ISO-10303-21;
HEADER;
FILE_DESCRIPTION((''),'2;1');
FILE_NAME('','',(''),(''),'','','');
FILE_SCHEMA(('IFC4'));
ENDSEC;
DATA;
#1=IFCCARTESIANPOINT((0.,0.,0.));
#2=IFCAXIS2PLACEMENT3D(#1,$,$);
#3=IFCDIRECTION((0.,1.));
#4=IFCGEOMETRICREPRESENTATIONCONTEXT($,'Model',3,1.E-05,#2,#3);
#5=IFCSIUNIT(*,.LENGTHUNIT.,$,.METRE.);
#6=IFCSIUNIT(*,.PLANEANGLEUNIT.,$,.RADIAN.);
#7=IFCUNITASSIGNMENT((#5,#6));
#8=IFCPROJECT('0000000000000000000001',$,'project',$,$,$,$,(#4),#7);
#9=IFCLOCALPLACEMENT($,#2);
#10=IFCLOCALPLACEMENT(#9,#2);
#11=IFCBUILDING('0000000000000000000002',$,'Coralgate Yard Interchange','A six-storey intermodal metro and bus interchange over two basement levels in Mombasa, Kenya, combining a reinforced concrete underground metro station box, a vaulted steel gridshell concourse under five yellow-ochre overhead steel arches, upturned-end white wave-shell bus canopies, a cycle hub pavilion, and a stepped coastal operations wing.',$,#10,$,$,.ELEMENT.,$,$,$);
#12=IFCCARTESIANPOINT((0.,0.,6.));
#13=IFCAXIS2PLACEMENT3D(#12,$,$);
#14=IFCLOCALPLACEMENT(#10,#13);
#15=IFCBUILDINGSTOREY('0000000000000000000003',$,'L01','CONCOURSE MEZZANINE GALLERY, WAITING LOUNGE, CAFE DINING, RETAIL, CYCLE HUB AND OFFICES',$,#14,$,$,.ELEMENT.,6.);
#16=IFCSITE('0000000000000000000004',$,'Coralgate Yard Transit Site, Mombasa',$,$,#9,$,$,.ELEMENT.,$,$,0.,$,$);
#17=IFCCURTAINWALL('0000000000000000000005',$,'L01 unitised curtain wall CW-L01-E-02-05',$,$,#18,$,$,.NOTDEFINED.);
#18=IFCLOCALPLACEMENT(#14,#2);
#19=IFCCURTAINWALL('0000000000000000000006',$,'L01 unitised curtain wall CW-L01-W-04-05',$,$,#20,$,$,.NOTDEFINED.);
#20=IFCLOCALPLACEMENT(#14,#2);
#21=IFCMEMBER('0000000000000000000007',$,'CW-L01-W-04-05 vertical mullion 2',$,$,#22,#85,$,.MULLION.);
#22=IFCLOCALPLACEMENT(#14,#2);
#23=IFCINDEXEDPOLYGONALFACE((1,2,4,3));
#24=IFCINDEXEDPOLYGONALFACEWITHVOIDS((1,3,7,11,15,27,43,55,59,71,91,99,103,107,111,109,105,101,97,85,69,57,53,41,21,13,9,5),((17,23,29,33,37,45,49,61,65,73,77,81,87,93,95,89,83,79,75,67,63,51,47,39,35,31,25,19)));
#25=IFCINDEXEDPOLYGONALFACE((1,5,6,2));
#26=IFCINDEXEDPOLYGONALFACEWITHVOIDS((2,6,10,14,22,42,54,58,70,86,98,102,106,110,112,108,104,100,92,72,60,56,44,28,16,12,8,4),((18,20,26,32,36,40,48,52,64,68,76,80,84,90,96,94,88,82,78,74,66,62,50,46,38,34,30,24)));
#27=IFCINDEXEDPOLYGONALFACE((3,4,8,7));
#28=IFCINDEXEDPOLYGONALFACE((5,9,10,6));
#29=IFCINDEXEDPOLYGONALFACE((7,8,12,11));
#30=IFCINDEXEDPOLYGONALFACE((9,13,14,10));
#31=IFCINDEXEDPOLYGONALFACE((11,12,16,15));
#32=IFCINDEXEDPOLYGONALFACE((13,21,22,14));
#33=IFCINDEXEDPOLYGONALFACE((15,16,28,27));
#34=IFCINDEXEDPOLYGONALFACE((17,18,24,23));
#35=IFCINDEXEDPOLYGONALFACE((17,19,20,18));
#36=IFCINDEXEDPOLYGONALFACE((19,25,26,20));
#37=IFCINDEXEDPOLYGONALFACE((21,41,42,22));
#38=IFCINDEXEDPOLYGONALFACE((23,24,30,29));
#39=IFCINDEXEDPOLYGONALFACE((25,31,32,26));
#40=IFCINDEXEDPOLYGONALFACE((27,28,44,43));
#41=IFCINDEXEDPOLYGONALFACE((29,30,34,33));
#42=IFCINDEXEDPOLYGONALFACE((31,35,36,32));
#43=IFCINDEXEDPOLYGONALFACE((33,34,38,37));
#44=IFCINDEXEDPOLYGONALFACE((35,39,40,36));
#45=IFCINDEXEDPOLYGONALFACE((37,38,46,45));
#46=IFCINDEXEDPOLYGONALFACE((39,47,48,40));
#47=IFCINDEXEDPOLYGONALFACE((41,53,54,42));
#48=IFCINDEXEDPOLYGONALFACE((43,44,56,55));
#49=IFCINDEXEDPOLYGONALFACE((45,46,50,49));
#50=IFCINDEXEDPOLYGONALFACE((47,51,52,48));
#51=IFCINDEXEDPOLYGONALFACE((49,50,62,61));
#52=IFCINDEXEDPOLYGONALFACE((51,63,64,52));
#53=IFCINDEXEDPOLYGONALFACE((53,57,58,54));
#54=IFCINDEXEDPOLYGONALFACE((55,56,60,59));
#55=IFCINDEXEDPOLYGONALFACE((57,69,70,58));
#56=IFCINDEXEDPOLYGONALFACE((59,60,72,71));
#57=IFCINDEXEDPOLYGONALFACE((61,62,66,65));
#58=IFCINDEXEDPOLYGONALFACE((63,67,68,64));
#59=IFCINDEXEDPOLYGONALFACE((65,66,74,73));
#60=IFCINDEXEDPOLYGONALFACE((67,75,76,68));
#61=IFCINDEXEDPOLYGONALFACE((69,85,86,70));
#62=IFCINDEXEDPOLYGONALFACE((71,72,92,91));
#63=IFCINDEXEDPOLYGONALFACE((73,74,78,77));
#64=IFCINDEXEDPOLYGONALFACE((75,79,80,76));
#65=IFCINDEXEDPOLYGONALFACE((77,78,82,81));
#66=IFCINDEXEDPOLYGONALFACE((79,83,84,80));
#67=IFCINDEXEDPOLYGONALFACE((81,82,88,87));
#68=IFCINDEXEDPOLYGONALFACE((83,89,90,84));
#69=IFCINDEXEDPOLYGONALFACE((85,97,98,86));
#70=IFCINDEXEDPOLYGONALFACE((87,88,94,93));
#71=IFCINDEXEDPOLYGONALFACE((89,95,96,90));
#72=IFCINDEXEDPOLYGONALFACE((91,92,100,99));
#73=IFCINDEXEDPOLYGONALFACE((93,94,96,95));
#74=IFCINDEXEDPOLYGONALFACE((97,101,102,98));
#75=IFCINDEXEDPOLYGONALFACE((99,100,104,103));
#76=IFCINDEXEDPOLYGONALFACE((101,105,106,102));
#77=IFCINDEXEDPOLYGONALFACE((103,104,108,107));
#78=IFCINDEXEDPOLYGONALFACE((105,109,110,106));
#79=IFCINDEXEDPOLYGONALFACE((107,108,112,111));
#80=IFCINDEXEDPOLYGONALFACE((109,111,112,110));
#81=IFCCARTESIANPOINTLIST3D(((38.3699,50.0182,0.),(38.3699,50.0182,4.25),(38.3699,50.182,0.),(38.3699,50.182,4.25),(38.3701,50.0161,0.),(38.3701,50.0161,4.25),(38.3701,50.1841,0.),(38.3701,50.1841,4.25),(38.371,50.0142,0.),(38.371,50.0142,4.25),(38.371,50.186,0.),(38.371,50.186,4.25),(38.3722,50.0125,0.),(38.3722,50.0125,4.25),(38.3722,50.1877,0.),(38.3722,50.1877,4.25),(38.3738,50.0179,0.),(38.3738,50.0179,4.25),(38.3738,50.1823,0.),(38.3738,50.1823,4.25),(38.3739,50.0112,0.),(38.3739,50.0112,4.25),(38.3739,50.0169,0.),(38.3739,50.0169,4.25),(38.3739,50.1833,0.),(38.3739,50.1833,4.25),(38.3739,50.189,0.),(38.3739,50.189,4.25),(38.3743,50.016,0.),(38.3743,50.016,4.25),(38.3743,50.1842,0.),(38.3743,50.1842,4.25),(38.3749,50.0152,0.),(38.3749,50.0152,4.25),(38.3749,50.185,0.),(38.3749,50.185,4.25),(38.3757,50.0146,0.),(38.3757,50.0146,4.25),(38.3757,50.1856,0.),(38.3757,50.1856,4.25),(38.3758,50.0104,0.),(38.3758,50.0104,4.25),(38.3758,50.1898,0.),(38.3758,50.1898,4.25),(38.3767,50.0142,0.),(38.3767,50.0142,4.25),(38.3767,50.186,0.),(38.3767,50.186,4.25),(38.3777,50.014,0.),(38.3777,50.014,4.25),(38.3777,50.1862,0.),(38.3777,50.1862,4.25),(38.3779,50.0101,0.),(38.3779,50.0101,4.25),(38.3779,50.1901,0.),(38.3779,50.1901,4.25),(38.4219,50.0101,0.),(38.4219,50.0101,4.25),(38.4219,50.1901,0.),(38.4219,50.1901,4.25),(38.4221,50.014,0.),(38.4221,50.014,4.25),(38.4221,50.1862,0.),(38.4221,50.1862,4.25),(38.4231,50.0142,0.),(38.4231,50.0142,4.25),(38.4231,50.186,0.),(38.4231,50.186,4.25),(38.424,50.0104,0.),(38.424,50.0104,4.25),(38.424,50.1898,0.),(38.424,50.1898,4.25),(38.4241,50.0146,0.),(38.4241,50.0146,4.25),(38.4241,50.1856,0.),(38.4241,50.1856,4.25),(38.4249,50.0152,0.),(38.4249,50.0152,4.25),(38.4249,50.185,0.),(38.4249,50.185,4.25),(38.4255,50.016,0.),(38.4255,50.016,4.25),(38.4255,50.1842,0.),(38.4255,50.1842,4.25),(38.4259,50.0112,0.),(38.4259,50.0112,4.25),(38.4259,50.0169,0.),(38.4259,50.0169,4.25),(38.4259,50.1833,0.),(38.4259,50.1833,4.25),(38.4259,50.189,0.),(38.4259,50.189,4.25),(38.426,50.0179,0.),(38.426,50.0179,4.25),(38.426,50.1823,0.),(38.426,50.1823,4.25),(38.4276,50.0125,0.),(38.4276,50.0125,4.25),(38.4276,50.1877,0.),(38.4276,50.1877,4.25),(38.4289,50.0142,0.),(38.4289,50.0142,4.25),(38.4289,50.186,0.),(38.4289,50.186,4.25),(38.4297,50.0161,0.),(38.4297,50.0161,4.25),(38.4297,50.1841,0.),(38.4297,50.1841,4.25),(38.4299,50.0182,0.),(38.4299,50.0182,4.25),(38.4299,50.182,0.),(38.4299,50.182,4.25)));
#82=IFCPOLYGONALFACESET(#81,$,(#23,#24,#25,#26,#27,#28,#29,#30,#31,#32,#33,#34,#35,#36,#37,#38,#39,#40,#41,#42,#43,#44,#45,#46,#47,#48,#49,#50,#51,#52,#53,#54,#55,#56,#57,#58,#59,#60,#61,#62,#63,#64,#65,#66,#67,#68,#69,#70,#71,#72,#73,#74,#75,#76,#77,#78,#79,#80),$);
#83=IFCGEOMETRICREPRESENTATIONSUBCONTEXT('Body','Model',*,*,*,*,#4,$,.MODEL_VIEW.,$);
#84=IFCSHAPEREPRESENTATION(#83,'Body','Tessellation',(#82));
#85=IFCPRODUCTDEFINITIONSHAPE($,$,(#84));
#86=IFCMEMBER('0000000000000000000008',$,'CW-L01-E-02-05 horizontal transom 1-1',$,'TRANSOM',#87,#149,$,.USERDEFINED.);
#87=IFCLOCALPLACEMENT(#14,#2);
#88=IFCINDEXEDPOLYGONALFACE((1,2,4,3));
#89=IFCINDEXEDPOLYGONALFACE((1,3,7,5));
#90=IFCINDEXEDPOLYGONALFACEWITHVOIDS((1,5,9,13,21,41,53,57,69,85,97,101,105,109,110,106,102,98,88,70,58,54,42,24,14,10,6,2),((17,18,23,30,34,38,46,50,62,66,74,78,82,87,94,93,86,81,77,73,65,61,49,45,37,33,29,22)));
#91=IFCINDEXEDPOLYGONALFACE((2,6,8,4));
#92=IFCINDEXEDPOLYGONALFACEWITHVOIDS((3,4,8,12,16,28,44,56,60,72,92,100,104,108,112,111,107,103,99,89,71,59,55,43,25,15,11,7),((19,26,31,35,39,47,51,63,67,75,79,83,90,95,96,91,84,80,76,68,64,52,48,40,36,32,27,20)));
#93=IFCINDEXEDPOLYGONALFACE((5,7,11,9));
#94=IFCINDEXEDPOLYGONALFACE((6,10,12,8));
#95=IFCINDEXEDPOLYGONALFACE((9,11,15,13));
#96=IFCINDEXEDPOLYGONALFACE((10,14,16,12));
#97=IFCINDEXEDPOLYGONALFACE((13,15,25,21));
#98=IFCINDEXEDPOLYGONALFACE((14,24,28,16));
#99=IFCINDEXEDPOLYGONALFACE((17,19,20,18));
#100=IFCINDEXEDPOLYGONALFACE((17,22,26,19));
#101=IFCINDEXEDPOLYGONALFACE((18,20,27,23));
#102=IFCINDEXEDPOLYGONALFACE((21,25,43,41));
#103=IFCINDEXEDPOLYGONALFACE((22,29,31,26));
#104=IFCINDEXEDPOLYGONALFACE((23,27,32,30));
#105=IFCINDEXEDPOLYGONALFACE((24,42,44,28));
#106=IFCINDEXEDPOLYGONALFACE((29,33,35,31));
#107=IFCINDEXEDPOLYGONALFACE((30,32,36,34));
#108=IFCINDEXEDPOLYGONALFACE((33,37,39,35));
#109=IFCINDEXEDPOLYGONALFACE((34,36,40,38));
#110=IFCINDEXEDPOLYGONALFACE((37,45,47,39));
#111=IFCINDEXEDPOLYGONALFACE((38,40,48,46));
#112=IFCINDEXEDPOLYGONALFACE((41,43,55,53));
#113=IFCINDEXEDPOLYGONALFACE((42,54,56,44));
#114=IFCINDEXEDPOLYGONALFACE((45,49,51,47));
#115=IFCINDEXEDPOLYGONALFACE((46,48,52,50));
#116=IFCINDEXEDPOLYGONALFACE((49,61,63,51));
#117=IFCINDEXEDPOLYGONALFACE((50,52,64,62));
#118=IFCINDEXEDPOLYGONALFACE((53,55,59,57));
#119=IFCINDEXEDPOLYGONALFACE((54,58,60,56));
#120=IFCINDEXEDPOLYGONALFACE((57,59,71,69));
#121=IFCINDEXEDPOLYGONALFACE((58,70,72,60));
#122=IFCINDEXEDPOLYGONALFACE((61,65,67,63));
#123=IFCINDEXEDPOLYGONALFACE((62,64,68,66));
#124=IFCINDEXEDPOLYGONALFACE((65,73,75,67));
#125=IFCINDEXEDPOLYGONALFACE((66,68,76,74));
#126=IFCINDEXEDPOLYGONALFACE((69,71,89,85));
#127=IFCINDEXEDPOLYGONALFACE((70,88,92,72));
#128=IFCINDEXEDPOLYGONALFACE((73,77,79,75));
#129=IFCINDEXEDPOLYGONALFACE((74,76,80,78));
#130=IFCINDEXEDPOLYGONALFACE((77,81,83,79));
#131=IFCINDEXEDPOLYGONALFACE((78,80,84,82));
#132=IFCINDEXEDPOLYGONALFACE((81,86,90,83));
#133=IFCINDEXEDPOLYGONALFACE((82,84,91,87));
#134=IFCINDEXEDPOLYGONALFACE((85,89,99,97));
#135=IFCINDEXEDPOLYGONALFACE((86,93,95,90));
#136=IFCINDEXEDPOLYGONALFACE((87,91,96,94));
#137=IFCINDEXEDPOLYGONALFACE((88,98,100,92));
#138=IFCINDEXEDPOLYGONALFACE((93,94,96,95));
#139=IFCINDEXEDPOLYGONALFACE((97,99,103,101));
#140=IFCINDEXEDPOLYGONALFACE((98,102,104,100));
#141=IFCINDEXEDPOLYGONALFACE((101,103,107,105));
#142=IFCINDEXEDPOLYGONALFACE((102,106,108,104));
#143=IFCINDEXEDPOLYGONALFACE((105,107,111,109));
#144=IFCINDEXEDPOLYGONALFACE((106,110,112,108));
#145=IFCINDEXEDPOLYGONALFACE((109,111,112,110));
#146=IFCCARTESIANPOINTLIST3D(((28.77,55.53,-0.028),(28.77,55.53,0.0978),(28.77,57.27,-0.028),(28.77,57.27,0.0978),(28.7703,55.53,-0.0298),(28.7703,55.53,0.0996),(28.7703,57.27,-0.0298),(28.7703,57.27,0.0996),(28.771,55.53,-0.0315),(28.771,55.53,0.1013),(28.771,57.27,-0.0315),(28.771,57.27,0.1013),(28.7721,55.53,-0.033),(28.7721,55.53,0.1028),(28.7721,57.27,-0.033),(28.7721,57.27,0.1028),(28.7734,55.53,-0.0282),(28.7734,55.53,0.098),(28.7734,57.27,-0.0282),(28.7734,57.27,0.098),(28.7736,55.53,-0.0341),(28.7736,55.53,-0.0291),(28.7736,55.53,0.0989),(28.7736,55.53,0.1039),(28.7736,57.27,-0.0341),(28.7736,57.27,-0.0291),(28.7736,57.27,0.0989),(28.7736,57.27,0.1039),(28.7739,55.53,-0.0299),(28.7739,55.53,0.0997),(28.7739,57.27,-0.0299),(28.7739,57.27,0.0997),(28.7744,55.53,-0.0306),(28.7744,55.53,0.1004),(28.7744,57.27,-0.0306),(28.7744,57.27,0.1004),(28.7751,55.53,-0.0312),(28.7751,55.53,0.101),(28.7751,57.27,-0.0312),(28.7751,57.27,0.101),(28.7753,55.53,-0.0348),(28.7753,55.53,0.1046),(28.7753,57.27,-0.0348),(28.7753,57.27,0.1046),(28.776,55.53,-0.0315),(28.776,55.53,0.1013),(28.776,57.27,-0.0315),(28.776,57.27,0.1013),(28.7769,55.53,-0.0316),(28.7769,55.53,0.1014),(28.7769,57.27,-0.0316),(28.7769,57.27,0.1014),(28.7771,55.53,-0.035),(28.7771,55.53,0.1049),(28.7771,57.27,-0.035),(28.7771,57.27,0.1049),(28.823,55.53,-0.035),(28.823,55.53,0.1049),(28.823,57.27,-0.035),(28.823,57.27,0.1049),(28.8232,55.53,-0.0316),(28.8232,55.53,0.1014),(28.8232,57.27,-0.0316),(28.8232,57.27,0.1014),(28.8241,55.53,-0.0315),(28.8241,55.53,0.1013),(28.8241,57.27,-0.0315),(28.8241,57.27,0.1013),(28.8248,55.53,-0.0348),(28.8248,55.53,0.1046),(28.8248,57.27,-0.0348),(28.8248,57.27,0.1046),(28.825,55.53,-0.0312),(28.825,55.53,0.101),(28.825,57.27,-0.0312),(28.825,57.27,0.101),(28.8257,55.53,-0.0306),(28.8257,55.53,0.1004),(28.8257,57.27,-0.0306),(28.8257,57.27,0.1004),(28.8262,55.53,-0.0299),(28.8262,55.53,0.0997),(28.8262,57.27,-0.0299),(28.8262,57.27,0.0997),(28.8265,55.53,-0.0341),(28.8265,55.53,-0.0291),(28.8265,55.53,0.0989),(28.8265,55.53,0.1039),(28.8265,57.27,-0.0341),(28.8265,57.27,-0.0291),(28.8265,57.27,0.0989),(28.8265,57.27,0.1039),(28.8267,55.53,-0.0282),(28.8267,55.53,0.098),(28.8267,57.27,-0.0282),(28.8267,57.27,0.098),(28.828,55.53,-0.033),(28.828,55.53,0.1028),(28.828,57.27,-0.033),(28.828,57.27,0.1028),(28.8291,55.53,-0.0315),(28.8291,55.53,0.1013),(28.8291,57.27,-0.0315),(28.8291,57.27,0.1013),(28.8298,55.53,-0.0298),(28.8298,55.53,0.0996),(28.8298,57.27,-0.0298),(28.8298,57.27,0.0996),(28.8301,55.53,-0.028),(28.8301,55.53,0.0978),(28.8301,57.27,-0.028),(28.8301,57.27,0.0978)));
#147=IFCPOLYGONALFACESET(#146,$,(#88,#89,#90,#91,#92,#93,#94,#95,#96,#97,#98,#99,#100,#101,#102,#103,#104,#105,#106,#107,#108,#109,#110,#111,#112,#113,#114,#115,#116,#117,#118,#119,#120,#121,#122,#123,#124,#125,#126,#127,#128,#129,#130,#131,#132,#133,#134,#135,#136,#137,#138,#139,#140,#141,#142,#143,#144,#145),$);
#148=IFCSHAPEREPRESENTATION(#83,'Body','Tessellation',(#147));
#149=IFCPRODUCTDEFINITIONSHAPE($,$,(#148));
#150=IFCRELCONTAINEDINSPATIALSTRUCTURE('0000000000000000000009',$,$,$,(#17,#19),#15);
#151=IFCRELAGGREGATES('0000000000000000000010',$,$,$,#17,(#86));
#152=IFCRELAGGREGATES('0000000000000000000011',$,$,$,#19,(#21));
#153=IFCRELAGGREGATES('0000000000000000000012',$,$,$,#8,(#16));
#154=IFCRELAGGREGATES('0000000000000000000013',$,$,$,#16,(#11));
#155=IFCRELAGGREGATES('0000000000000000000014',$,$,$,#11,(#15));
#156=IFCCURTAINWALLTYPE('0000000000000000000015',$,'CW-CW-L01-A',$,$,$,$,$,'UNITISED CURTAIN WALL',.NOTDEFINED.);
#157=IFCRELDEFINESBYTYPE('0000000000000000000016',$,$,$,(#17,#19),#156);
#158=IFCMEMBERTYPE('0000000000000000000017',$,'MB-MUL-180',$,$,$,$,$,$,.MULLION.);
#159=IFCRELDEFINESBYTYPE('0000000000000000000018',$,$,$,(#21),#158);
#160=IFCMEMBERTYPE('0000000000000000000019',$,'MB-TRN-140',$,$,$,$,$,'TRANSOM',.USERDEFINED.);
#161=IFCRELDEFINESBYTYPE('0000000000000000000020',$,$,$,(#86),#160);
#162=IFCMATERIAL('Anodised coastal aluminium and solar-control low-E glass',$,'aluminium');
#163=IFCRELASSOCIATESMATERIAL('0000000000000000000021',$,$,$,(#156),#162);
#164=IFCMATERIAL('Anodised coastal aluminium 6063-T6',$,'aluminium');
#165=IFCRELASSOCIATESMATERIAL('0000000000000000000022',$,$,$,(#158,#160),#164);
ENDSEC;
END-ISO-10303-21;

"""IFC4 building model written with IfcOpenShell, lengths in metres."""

from ifc_helpers import new_model, si_unit, direction, frame, origin, origin_2d, place, context, subcontext, project, spatial, hollow_rectangle, extrude, material, material_profile, profile_set, type_object, element, aggregate, save


model = new_model("IFC4")

# Units and contexts
model_context = context("Model", 3, precision=1e-05, world=origin(), true_north=direction((0.0, 1.0)))
body_context = subcontext(model_context, "Body", "Model", "MODEL_VIEW")
ifc_project = project(units=[si_unit("LENGTHUNIT", "METRE"), si_unit("PLANEANGLEUNIT", "RADIAN")], contexts=[model_context])

# Site, building, storey
site_placement = place(None, origin())
site = spatial("IfcSite", under=ifc_project, at=site_placement, Name="Coralgate Yard Transit Site, Mombasa", CompositionType="ELEMENT", RefElevation=0.0)
building_placement = place(site_placement, origin())
building = spatial("IfcBuilding", under=site, at=building_placement, Name="Coralgate Yard Interchange", Description="A six-storey intermodal metro and bus interchange over two basement levels in Mombasa, Kenya, combining a reinforced concrete underground metro station box, a vaulted steel gridshell concourse under five yellow-ochre overhead steel arches, upturned-end white wave-shell bus canopies, a cycle hub pavilion, and a stepped coastal operations wing.", CompositionType="ELEMENT")
storey_placement = place(building_placement, frame((0.0, 0.0, 6.0)))
storey = spatial("IfcBuildingStorey", under=building, at=storey_placement, Name="L01", Description="CONCOURSE MEZZANINE GALLERY, WAITING LOUNGE, CAFE DINING, RETAIL, CYCLE HUB AND OFFICES", CompositionType="ELEMENT", Elevation=6.0)

# Curtain walls, member
ifc_material_1 = material(Name="Anodised coastal aluminium and solar-control low-E glass", Category="aluminium")
curtain_wall_type = type_object("IfcCurtainWallType", Name="CW-CW-L01-A", ElementType="UNITISED CURTAIN WALL", PredefinedType="NOTDEFINED", material=ifc_material_1)
curtain_wall_1_placement = place(storey_placement, origin())
curtain_wall_1 = element("IfcCurtainWall", 1, at=curtain_wall_1_placement, inside=storey, type_object=curtain_wall_type, Name="L01 unitised curtain wall CW-L01-E-02-05", PredefinedType="NOTDEFINED")
ifc_material_2 = material(Name="Anodised coastal aluminium 6063-T6", Category="aluminium")
ifc_material_profile_1 = material_profile(ifc_material_2, hollow_rectangle(XDim=0.0601, YDim=0.1799, WallThickness=0.0039, InnerFilletRadius=0.0039, OuterFilletRadius=0.0081, at=origin_2d()), Name="ALU 60x180x4")
ifc_profile_set_1 = profile_set([ifc_material_profile_1], Name="Anodised coastal aluminium 6063-T6")
member_type_1 = type_object("IfcMemberType", Name="MB-MUL-180", PredefinedType="MULLION", material=ifc_profile_set_1)
curtain_wall_2_placement = place(storey_placement, origin())
curtain_wall_2 = element("IfcCurtainWall", 2, at=curtain_wall_2_placement, inside=storey, type_object=curtain_wall_type, Name="L01 unitised curtain wall CW-L01-W-04-05", PredefinedType="NOTDEFINED")
member_1_placement = place(storey_placement, frame((38.3999, 50.1001, 0.0), z_axis=(0.0, 0.0, 1.0), x_axis=(1.0, 0.0, 0.0)))
member_1 = element("IfcMember", 3, at=member_1_placement, type_object=member_type_1, Name="CW-L01-W-04-05 vertical mullion 2", PredefinedType="MULLION", context=body_context, shape_type="SweptSolid", body=[
    extrude(hollow_rectangle(XDim=0.0601, YDim=0.1799, WallThickness=0.0039, InnerFilletRadius=0.0039, OuterFilletRadius=0.0081, at=origin_2d()), origin(), (0.0, 0.0, 1.0), 4.25),
])

# Member
ifc_material_profile_2 = material_profile(ifc_material_2, hollow_rectangle(XDim=0.0601, YDim=0.1399, WallThickness=0.0034, InnerFilletRadius=0.0034, OuterFilletRadius=0.0071, at=origin_2d()), Name="ALU 60x140x3.5")
ifc_profile_set_2 = profile_set([ifc_material_profile_2], Name="Anodised coastal aluminium 6063-T6")
member_type_2 = type_object("IfcMemberType", Name="MB-TRN-140", ElementType="TRANSOM", PredefinedType="USERDEFINED", material=ifc_profile_set_2)
member_2_placement = place(storey_placement, frame((28.8, 57.27, 0.0349), z_axis=(0.0, -1.0, 0.0), x_axis=(1.0, 0.0, 0.0)))
member_2 = element("IfcMember", 4, at=member_2_placement, type_object=member_type_2, Name="CW-L01-E-02-05 horizontal transom 1-1", ObjectType="TRANSOM", PredefinedType="USERDEFINED", context=body_context, shape_type="SweptSolid", body=[
    extrude(hollow_rectangle(XDim=0.0601, YDim=0.1399, WallThickness=0.0034, InnerFilletRadius=0.0034, OuterFilletRadius=0.0071, at=origin_2d()), origin(), (0.0, 0.0, 1.0), 1.74),
])

aggregate(curtain_wall_1, [member_2])
aggregate(curtain_wall_2, [member_1])

save(model, "model.ifc")
